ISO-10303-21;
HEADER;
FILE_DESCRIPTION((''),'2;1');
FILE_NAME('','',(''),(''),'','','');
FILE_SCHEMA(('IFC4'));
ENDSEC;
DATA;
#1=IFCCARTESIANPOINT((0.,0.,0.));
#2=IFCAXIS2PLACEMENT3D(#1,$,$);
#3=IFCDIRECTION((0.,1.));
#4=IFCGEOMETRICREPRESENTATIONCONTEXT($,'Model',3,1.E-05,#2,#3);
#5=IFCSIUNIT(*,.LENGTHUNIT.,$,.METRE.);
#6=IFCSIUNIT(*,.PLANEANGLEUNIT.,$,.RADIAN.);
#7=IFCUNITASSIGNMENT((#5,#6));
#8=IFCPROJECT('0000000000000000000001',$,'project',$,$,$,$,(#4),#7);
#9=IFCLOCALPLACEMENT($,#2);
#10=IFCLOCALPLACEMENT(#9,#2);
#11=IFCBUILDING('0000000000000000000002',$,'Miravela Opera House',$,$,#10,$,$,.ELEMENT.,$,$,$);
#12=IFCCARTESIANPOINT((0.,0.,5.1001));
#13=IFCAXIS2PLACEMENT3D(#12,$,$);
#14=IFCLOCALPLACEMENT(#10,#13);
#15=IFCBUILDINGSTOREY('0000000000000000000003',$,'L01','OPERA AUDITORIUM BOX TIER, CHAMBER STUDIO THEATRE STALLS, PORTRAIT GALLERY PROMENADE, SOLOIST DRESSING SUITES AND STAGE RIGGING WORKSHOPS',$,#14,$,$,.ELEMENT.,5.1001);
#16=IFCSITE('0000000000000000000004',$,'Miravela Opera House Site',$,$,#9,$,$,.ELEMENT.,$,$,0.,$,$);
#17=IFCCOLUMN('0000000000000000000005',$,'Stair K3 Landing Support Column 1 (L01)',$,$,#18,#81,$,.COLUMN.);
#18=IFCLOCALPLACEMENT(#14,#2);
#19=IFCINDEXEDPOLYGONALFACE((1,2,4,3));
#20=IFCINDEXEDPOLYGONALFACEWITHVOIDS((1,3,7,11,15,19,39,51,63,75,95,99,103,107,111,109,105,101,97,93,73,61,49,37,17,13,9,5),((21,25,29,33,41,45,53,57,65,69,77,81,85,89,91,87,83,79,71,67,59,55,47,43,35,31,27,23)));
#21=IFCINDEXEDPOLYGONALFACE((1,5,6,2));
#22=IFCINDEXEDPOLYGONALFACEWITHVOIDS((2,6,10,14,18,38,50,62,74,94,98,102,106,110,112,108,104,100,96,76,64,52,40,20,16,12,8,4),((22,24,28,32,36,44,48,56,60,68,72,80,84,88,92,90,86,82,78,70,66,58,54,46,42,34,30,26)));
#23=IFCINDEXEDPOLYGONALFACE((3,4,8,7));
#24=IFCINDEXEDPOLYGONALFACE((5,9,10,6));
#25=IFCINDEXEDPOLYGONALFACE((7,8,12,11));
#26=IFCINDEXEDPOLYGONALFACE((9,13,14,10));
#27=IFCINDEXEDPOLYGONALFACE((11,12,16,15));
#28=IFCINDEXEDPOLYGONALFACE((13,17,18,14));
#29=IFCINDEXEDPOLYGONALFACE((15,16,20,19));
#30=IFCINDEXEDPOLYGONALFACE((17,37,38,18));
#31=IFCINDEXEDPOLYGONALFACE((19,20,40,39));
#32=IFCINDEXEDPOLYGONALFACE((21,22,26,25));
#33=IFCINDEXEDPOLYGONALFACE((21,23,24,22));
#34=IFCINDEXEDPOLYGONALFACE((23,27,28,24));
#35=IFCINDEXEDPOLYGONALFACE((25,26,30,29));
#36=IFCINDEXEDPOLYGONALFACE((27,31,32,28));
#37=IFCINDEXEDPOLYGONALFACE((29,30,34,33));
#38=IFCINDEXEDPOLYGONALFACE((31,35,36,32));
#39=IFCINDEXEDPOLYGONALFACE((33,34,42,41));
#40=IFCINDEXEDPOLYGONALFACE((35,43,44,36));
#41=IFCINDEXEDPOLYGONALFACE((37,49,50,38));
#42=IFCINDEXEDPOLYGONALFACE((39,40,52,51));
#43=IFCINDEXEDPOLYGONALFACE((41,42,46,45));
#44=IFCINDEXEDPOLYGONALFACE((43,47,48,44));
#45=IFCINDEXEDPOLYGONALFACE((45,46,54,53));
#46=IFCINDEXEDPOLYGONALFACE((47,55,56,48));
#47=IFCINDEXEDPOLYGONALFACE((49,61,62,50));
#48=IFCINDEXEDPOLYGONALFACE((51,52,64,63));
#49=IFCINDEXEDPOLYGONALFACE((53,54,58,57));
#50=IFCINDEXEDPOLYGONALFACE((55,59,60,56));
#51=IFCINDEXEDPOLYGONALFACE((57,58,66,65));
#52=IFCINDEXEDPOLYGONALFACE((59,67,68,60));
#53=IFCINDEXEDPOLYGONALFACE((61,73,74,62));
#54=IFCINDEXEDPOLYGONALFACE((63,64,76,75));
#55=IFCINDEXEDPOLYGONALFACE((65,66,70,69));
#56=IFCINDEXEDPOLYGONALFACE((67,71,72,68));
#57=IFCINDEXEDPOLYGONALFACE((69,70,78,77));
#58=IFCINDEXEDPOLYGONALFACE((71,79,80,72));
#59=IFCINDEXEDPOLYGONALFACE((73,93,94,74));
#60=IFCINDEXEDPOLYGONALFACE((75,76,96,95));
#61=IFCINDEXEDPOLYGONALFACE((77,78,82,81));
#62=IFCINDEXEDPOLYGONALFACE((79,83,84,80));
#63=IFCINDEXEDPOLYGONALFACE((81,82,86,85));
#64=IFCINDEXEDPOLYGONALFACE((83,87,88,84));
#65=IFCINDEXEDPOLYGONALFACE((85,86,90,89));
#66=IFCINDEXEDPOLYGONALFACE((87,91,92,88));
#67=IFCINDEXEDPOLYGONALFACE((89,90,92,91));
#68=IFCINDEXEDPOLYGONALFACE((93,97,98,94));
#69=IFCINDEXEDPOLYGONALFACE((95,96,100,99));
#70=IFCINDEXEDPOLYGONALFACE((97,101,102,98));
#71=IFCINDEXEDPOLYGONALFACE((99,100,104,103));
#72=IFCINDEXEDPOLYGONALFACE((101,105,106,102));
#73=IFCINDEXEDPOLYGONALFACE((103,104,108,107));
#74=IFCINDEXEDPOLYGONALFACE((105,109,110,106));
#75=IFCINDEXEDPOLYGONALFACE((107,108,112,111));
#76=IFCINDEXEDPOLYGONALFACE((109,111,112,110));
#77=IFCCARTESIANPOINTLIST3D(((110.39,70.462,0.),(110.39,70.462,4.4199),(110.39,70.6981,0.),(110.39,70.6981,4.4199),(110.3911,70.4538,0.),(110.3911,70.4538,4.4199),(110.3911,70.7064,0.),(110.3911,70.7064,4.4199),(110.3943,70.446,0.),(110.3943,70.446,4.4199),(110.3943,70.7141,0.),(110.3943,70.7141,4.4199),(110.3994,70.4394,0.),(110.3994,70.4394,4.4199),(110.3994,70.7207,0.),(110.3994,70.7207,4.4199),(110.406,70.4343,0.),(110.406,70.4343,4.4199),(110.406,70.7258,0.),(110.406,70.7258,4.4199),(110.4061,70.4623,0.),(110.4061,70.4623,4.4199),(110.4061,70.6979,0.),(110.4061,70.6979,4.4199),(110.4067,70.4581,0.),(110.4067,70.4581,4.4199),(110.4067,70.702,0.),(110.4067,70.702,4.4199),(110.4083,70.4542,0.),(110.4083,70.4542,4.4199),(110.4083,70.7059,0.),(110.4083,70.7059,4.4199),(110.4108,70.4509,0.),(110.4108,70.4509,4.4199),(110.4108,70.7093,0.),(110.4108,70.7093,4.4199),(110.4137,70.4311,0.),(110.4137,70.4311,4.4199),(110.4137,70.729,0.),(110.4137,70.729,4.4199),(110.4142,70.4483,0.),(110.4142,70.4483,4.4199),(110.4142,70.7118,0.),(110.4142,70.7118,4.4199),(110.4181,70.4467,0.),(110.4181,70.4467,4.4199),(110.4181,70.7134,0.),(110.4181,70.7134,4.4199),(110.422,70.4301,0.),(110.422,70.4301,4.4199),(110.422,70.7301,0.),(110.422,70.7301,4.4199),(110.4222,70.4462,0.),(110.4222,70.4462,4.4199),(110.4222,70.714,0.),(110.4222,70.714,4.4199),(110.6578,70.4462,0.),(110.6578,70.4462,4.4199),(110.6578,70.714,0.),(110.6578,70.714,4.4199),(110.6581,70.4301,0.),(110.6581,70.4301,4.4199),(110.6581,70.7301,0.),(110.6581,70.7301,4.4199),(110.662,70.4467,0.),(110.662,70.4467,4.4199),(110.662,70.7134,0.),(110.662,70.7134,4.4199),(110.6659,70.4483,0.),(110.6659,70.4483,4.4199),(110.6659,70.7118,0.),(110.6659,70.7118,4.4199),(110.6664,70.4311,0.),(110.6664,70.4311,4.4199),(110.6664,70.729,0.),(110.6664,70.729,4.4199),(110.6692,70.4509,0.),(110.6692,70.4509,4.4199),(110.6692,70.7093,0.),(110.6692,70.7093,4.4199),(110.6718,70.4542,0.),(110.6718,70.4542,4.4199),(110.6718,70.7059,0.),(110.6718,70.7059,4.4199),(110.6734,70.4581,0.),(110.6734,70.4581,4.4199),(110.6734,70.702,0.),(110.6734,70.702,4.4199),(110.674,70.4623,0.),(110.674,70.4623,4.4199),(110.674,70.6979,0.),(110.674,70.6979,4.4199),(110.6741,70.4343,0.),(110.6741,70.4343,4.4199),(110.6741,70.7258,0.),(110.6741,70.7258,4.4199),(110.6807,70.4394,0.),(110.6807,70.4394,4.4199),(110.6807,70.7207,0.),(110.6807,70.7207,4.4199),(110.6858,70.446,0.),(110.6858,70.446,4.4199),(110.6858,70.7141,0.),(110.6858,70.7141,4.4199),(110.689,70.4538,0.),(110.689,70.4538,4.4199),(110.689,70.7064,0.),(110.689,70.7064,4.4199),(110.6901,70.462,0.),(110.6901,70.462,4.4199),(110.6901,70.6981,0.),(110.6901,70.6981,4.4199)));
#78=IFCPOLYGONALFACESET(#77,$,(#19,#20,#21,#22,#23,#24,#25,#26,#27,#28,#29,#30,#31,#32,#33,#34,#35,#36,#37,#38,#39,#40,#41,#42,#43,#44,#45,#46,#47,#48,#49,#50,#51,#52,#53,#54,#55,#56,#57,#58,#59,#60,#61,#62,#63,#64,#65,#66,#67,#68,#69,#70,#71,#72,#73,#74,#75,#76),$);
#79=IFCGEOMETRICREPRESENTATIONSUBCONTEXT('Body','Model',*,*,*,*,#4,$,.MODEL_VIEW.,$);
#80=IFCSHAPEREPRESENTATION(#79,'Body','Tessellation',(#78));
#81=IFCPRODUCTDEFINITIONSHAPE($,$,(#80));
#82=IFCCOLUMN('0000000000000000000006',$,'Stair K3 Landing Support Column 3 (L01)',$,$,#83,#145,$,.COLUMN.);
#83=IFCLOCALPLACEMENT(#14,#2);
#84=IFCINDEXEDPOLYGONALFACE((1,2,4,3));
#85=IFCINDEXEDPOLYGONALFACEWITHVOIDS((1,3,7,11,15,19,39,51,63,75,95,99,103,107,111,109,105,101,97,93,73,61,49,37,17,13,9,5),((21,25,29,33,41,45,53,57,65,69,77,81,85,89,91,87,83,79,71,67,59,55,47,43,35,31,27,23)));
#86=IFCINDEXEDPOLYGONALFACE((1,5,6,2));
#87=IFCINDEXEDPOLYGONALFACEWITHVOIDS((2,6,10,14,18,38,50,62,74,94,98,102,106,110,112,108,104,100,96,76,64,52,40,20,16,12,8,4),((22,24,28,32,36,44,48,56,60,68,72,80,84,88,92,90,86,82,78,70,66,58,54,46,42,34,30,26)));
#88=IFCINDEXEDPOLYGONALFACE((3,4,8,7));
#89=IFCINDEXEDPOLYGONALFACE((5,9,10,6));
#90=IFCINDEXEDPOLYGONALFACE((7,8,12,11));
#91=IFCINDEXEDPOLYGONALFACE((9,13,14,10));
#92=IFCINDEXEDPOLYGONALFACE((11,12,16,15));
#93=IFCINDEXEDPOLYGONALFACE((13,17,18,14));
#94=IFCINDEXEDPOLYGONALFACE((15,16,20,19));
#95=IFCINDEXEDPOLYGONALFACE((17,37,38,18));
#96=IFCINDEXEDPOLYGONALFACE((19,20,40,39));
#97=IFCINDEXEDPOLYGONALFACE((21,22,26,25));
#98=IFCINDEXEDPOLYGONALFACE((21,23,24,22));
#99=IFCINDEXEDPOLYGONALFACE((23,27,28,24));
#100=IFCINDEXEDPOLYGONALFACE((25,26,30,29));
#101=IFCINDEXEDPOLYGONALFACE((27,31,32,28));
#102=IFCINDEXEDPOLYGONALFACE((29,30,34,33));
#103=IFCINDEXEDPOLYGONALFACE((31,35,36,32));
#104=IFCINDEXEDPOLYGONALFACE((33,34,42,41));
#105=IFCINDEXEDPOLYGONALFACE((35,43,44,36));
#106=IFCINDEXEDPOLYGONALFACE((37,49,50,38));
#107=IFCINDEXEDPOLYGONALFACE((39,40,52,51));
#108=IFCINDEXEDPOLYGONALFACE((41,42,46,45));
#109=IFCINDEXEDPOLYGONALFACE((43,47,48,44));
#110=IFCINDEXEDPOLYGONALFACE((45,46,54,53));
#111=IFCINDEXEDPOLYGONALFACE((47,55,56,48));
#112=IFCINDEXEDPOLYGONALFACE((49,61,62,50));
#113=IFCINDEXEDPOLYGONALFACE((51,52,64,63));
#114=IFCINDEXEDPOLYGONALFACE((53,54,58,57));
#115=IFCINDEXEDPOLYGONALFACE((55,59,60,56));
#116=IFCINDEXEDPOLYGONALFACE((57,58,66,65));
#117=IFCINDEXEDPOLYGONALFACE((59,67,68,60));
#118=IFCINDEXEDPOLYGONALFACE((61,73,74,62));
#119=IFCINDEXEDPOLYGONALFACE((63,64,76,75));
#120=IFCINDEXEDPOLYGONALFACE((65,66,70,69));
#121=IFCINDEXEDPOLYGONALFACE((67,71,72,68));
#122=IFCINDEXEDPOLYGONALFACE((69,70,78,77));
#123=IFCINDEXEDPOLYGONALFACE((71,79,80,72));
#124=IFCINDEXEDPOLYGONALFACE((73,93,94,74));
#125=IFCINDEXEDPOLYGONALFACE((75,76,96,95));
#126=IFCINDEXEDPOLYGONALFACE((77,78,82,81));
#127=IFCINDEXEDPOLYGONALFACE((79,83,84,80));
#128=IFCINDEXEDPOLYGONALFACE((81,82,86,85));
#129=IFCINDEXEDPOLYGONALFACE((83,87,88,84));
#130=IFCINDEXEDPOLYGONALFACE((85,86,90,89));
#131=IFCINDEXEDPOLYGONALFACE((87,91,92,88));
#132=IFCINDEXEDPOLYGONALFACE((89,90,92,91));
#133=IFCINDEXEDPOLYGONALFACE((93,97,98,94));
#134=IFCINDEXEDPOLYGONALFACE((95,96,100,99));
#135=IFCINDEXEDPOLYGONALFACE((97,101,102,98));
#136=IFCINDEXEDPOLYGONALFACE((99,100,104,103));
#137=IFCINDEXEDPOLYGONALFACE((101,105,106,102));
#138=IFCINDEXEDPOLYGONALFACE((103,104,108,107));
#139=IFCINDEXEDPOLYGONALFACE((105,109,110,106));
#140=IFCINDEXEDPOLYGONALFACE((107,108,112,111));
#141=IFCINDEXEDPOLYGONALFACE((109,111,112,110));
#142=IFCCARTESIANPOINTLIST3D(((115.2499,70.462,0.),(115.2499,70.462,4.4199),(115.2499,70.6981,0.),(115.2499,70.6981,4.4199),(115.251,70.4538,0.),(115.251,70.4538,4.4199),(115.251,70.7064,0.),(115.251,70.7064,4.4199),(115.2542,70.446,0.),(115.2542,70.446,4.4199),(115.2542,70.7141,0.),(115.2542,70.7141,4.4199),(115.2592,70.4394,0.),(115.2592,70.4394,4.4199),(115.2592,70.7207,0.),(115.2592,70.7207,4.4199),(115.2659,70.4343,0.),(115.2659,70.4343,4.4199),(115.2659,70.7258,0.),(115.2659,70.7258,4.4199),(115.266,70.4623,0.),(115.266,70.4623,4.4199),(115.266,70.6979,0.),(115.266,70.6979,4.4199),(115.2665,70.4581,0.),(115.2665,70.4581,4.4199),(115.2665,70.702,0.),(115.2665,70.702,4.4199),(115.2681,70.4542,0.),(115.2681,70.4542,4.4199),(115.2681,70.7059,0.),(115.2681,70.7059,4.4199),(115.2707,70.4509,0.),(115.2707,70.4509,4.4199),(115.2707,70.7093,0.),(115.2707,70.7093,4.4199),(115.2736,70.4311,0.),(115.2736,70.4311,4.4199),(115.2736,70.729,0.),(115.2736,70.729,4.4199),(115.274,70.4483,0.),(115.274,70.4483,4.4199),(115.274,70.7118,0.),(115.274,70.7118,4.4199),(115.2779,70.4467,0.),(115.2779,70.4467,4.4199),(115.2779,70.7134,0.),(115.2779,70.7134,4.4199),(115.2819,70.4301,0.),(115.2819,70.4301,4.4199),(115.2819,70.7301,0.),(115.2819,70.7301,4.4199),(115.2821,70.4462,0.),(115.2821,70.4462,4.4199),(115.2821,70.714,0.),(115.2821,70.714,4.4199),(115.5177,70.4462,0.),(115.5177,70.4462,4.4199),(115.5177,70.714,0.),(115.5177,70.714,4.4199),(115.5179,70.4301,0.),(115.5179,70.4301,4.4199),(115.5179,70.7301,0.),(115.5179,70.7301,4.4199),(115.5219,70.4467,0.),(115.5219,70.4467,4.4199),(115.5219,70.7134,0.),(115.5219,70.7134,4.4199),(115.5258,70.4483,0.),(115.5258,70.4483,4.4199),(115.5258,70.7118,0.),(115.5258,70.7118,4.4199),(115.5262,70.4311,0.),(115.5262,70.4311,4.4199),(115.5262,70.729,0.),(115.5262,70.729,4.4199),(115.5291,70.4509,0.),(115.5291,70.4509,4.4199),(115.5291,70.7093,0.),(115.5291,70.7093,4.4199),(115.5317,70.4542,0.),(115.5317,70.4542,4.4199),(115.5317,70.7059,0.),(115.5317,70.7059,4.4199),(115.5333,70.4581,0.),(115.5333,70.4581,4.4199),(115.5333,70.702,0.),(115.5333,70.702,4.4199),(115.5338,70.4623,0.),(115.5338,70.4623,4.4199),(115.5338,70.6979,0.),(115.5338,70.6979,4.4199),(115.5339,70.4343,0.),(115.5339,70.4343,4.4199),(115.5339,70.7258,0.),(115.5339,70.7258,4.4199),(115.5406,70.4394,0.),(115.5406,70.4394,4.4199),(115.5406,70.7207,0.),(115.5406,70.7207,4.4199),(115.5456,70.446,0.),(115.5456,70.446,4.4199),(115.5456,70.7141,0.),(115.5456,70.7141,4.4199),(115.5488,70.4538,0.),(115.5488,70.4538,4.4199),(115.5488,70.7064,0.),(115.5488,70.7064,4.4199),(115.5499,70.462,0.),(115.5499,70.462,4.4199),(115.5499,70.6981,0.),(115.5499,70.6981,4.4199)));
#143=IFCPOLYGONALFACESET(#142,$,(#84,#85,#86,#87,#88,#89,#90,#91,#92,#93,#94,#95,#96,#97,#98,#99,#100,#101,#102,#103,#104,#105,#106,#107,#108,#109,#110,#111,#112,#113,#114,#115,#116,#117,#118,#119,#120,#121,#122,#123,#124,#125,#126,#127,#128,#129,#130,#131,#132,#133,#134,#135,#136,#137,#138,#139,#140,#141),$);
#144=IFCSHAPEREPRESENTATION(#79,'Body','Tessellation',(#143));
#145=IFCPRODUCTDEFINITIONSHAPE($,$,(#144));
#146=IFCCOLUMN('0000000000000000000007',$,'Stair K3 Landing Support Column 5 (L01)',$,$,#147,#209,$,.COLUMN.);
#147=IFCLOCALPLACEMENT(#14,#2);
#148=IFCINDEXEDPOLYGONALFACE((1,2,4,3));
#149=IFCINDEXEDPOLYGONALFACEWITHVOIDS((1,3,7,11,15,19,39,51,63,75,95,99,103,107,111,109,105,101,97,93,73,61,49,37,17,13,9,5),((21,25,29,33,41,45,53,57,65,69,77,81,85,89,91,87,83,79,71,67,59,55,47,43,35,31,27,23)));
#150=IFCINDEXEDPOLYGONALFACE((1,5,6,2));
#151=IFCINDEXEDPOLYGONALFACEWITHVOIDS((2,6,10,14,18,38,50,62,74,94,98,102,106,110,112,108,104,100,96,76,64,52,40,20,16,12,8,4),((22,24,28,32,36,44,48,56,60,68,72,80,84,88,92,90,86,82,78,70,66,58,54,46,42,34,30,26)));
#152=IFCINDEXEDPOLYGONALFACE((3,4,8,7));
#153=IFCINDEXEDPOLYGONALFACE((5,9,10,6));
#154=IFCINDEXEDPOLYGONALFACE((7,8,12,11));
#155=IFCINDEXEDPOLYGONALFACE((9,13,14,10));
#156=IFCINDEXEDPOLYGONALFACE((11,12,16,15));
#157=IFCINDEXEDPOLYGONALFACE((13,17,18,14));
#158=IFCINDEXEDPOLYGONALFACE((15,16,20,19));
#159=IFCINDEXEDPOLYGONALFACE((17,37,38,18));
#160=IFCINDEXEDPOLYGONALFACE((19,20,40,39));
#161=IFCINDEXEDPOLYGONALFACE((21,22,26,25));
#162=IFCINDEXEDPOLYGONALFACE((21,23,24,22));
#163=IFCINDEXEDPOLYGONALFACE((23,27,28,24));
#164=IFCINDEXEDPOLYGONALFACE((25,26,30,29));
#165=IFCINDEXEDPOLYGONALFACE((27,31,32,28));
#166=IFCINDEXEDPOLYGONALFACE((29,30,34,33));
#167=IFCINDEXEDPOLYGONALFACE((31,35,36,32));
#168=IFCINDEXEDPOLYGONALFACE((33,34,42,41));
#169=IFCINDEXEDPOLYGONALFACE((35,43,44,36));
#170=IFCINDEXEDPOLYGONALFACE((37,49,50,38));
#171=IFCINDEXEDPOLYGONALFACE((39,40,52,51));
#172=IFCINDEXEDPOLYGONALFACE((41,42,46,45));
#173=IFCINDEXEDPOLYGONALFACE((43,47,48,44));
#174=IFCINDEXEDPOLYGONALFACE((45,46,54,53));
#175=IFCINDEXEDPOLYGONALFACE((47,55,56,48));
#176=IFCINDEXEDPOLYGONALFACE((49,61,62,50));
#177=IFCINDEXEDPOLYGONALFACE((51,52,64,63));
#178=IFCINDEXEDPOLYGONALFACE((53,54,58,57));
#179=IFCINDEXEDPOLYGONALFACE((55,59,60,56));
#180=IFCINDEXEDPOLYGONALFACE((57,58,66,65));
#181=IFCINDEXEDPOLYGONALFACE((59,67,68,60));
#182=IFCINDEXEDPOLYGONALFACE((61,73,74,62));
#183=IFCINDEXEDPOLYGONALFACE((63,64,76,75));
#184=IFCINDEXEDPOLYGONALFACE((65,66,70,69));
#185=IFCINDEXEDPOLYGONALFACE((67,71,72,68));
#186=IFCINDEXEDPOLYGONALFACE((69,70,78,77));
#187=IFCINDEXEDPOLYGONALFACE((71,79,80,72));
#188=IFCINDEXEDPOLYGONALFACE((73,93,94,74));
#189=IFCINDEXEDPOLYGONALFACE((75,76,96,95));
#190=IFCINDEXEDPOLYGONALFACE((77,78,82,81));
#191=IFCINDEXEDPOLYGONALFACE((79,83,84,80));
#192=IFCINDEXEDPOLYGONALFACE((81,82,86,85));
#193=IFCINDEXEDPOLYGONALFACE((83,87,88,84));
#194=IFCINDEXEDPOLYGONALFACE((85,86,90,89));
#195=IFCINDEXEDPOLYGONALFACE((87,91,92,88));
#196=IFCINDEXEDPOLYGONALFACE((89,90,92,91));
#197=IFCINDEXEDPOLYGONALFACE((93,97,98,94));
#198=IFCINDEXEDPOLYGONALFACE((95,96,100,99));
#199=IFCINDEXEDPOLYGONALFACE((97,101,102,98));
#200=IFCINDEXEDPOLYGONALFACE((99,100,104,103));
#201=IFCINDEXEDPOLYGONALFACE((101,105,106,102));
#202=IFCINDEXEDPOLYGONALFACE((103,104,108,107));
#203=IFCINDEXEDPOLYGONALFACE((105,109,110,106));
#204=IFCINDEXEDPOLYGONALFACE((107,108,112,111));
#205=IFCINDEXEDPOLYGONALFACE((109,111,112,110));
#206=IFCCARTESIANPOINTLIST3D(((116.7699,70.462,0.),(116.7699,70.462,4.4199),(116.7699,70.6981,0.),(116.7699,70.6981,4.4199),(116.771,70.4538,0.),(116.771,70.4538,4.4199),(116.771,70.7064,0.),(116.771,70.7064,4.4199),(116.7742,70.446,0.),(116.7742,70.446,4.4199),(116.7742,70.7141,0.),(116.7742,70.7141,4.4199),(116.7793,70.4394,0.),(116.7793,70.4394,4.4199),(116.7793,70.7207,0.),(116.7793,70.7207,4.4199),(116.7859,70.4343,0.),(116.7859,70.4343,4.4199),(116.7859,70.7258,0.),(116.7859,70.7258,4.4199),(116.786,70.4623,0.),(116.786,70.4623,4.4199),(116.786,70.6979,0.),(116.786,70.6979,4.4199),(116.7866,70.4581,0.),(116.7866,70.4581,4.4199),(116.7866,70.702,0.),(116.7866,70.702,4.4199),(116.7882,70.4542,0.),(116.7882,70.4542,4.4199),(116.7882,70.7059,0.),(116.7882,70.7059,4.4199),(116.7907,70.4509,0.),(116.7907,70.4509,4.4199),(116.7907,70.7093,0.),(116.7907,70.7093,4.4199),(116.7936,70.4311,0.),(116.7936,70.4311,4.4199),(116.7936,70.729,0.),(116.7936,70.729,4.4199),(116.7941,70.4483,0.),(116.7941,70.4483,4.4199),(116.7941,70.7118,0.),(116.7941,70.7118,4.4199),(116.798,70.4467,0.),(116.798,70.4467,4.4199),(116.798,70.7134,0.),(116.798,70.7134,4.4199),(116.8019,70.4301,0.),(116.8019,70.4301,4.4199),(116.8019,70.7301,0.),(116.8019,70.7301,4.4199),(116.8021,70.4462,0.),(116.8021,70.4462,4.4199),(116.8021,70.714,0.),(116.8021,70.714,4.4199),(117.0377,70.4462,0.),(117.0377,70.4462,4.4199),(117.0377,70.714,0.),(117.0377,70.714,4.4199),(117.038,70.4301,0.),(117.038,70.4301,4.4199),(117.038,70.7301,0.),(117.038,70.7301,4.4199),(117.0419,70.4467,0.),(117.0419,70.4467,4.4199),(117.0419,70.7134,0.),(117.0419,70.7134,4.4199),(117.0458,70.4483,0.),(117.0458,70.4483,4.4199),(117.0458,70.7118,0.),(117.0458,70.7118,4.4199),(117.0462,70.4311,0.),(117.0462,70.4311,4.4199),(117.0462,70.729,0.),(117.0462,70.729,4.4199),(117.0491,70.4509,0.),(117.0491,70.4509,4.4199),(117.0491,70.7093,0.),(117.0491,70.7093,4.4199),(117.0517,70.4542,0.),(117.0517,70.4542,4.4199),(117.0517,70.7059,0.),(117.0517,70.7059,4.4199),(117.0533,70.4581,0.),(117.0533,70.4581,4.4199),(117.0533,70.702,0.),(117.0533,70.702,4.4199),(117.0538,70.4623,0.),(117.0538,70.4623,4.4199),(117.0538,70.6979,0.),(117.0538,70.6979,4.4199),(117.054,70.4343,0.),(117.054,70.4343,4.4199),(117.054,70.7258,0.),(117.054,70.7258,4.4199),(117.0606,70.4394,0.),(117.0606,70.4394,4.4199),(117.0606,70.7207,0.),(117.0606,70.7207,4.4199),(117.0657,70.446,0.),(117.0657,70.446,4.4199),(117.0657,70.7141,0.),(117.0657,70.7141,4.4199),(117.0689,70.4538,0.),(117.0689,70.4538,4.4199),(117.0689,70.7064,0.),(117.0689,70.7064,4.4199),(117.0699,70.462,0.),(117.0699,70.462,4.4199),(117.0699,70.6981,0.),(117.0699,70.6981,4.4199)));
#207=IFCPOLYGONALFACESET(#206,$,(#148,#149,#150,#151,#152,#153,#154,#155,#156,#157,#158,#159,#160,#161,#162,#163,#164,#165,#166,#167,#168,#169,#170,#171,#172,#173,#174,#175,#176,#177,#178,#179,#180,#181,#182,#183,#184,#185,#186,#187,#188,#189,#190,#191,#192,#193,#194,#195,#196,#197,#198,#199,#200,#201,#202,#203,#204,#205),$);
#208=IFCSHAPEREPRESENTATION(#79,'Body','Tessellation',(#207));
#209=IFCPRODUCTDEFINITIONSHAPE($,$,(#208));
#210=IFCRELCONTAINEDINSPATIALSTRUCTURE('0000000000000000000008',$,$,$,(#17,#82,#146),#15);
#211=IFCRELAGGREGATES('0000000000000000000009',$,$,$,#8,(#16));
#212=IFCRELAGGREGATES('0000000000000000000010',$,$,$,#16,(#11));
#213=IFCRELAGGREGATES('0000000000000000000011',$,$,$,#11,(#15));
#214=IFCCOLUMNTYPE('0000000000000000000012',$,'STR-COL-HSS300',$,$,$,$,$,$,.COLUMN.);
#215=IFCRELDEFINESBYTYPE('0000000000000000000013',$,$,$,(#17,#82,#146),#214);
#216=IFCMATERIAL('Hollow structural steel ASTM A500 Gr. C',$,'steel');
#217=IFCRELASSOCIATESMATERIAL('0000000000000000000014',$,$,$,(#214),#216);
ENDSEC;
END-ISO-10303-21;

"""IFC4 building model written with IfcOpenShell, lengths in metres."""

from ifc_helpers import new_model, si_unit, direction, frame, origin, origin_2d, place, context, subcontext, project, spatial, hollow_rectangle, extrude, material, material_profile, profile_set, type_object, element, save


model = new_model("IFC4")

# Units and contexts
model_context = context("Model", 3, precision=1e-05, world=origin(), true_north=direction((0.0, 1.0)))
body_context = subcontext(model_context, "Body", "Model", "MODEL_VIEW")
ifc_project = project(units=[si_unit("LENGTHUNIT", "METRE"), si_unit("PLANEANGLEUNIT", "RADIAN")], contexts=[model_context])

# Site, building, storey
site_placement = place(None, origin())
site = spatial("IfcSite", under=ifc_project, at=site_placement, Name="Miravela Opera House Site", CompositionType="ELEMENT", RefElevation=0.0)
building_placement = place(site_placement, origin())
building = spatial("IfcBuilding", under=site, at=building_placement, Name="Miravela Opera House", CompositionType="ELEMENT")
storey_placement = place(building_placement, frame((0.0, 0.0, 5.1001)))
storey = spatial("IfcBuildingStorey", under=building, at=storey_placement, Name="L01", Description="OPERA AUDITORIUM BOX TIER, CHAMBER STUDIO THEATRE STALLS, PORTRAIT GALLERY PROMENADE, SOLOIST DRESSING SUITES AND STAGE RIGGING WORKSHOPS", CompositionType="ELEMENT", Elevation=5.1001)

# Columns
ifc_material_1 = material(Name="Hollow structural steel ASTM A500 Gr. C", Category="steel")
ifc_material_profile_1 = material_profile(ifc_material_1, hollow_rectangle(XDim=0.3, YDim=0.3, WallThickness=0.0161, InnerFilletRadius=0.0161, OuterFilletRadius=0.032, at=origin_2d()), Name="HSS300X300X16")
ifc_profile_set_1 = profile_set([ifc_material_profile_1])
column_type_1 = type_object("IfcColumnType", Name="STR-COL-HSS300", PredefinedType="COLUMN", material=ifc_profile_set_1)
for number, where, z_axis, x_axis, name in (
    (1, (110.54, 70.5801, 0.0), (0.0, 0.0, 1.0), (1.0, 0.0, 0.0), "Stair K3 Landing Support Column 1 (L01)"),
    (2, (115.3999, 70.5801, 0.0), (0.0, 0.0, 1.0), (1.0, 0.0, 0.0), "Stair K3 Landing Support Column 3 (L01)"),
    (3, (116.9199, 70.5801, 0.0), (0.0, 0.0, 1.0), (1.0, 0.0, 0.0), "Stair K3 Landing Support Column 5 (L01)"),
):
    element("IfcColumn", number, at=place(storey_placement, frame(where, z_axis=z_axis, x_axis=x_axis)), inside=storey, type_object=column_type_1, Name=name, PredefinedType="COLUMN", context=body_context, shape_type="SweptSolid", body=[
        extrude(hollow_rectangle(XDim=0.3, YDim=0.3, WallThickness=0.0161, InnerFilletRadius=0.0161, OuterFilletRadius=0.032, at=origin_2d()), origin(), (0.0, 0.0, 1.0), 4.4199),
    ])

save(model, "model.ifc")
